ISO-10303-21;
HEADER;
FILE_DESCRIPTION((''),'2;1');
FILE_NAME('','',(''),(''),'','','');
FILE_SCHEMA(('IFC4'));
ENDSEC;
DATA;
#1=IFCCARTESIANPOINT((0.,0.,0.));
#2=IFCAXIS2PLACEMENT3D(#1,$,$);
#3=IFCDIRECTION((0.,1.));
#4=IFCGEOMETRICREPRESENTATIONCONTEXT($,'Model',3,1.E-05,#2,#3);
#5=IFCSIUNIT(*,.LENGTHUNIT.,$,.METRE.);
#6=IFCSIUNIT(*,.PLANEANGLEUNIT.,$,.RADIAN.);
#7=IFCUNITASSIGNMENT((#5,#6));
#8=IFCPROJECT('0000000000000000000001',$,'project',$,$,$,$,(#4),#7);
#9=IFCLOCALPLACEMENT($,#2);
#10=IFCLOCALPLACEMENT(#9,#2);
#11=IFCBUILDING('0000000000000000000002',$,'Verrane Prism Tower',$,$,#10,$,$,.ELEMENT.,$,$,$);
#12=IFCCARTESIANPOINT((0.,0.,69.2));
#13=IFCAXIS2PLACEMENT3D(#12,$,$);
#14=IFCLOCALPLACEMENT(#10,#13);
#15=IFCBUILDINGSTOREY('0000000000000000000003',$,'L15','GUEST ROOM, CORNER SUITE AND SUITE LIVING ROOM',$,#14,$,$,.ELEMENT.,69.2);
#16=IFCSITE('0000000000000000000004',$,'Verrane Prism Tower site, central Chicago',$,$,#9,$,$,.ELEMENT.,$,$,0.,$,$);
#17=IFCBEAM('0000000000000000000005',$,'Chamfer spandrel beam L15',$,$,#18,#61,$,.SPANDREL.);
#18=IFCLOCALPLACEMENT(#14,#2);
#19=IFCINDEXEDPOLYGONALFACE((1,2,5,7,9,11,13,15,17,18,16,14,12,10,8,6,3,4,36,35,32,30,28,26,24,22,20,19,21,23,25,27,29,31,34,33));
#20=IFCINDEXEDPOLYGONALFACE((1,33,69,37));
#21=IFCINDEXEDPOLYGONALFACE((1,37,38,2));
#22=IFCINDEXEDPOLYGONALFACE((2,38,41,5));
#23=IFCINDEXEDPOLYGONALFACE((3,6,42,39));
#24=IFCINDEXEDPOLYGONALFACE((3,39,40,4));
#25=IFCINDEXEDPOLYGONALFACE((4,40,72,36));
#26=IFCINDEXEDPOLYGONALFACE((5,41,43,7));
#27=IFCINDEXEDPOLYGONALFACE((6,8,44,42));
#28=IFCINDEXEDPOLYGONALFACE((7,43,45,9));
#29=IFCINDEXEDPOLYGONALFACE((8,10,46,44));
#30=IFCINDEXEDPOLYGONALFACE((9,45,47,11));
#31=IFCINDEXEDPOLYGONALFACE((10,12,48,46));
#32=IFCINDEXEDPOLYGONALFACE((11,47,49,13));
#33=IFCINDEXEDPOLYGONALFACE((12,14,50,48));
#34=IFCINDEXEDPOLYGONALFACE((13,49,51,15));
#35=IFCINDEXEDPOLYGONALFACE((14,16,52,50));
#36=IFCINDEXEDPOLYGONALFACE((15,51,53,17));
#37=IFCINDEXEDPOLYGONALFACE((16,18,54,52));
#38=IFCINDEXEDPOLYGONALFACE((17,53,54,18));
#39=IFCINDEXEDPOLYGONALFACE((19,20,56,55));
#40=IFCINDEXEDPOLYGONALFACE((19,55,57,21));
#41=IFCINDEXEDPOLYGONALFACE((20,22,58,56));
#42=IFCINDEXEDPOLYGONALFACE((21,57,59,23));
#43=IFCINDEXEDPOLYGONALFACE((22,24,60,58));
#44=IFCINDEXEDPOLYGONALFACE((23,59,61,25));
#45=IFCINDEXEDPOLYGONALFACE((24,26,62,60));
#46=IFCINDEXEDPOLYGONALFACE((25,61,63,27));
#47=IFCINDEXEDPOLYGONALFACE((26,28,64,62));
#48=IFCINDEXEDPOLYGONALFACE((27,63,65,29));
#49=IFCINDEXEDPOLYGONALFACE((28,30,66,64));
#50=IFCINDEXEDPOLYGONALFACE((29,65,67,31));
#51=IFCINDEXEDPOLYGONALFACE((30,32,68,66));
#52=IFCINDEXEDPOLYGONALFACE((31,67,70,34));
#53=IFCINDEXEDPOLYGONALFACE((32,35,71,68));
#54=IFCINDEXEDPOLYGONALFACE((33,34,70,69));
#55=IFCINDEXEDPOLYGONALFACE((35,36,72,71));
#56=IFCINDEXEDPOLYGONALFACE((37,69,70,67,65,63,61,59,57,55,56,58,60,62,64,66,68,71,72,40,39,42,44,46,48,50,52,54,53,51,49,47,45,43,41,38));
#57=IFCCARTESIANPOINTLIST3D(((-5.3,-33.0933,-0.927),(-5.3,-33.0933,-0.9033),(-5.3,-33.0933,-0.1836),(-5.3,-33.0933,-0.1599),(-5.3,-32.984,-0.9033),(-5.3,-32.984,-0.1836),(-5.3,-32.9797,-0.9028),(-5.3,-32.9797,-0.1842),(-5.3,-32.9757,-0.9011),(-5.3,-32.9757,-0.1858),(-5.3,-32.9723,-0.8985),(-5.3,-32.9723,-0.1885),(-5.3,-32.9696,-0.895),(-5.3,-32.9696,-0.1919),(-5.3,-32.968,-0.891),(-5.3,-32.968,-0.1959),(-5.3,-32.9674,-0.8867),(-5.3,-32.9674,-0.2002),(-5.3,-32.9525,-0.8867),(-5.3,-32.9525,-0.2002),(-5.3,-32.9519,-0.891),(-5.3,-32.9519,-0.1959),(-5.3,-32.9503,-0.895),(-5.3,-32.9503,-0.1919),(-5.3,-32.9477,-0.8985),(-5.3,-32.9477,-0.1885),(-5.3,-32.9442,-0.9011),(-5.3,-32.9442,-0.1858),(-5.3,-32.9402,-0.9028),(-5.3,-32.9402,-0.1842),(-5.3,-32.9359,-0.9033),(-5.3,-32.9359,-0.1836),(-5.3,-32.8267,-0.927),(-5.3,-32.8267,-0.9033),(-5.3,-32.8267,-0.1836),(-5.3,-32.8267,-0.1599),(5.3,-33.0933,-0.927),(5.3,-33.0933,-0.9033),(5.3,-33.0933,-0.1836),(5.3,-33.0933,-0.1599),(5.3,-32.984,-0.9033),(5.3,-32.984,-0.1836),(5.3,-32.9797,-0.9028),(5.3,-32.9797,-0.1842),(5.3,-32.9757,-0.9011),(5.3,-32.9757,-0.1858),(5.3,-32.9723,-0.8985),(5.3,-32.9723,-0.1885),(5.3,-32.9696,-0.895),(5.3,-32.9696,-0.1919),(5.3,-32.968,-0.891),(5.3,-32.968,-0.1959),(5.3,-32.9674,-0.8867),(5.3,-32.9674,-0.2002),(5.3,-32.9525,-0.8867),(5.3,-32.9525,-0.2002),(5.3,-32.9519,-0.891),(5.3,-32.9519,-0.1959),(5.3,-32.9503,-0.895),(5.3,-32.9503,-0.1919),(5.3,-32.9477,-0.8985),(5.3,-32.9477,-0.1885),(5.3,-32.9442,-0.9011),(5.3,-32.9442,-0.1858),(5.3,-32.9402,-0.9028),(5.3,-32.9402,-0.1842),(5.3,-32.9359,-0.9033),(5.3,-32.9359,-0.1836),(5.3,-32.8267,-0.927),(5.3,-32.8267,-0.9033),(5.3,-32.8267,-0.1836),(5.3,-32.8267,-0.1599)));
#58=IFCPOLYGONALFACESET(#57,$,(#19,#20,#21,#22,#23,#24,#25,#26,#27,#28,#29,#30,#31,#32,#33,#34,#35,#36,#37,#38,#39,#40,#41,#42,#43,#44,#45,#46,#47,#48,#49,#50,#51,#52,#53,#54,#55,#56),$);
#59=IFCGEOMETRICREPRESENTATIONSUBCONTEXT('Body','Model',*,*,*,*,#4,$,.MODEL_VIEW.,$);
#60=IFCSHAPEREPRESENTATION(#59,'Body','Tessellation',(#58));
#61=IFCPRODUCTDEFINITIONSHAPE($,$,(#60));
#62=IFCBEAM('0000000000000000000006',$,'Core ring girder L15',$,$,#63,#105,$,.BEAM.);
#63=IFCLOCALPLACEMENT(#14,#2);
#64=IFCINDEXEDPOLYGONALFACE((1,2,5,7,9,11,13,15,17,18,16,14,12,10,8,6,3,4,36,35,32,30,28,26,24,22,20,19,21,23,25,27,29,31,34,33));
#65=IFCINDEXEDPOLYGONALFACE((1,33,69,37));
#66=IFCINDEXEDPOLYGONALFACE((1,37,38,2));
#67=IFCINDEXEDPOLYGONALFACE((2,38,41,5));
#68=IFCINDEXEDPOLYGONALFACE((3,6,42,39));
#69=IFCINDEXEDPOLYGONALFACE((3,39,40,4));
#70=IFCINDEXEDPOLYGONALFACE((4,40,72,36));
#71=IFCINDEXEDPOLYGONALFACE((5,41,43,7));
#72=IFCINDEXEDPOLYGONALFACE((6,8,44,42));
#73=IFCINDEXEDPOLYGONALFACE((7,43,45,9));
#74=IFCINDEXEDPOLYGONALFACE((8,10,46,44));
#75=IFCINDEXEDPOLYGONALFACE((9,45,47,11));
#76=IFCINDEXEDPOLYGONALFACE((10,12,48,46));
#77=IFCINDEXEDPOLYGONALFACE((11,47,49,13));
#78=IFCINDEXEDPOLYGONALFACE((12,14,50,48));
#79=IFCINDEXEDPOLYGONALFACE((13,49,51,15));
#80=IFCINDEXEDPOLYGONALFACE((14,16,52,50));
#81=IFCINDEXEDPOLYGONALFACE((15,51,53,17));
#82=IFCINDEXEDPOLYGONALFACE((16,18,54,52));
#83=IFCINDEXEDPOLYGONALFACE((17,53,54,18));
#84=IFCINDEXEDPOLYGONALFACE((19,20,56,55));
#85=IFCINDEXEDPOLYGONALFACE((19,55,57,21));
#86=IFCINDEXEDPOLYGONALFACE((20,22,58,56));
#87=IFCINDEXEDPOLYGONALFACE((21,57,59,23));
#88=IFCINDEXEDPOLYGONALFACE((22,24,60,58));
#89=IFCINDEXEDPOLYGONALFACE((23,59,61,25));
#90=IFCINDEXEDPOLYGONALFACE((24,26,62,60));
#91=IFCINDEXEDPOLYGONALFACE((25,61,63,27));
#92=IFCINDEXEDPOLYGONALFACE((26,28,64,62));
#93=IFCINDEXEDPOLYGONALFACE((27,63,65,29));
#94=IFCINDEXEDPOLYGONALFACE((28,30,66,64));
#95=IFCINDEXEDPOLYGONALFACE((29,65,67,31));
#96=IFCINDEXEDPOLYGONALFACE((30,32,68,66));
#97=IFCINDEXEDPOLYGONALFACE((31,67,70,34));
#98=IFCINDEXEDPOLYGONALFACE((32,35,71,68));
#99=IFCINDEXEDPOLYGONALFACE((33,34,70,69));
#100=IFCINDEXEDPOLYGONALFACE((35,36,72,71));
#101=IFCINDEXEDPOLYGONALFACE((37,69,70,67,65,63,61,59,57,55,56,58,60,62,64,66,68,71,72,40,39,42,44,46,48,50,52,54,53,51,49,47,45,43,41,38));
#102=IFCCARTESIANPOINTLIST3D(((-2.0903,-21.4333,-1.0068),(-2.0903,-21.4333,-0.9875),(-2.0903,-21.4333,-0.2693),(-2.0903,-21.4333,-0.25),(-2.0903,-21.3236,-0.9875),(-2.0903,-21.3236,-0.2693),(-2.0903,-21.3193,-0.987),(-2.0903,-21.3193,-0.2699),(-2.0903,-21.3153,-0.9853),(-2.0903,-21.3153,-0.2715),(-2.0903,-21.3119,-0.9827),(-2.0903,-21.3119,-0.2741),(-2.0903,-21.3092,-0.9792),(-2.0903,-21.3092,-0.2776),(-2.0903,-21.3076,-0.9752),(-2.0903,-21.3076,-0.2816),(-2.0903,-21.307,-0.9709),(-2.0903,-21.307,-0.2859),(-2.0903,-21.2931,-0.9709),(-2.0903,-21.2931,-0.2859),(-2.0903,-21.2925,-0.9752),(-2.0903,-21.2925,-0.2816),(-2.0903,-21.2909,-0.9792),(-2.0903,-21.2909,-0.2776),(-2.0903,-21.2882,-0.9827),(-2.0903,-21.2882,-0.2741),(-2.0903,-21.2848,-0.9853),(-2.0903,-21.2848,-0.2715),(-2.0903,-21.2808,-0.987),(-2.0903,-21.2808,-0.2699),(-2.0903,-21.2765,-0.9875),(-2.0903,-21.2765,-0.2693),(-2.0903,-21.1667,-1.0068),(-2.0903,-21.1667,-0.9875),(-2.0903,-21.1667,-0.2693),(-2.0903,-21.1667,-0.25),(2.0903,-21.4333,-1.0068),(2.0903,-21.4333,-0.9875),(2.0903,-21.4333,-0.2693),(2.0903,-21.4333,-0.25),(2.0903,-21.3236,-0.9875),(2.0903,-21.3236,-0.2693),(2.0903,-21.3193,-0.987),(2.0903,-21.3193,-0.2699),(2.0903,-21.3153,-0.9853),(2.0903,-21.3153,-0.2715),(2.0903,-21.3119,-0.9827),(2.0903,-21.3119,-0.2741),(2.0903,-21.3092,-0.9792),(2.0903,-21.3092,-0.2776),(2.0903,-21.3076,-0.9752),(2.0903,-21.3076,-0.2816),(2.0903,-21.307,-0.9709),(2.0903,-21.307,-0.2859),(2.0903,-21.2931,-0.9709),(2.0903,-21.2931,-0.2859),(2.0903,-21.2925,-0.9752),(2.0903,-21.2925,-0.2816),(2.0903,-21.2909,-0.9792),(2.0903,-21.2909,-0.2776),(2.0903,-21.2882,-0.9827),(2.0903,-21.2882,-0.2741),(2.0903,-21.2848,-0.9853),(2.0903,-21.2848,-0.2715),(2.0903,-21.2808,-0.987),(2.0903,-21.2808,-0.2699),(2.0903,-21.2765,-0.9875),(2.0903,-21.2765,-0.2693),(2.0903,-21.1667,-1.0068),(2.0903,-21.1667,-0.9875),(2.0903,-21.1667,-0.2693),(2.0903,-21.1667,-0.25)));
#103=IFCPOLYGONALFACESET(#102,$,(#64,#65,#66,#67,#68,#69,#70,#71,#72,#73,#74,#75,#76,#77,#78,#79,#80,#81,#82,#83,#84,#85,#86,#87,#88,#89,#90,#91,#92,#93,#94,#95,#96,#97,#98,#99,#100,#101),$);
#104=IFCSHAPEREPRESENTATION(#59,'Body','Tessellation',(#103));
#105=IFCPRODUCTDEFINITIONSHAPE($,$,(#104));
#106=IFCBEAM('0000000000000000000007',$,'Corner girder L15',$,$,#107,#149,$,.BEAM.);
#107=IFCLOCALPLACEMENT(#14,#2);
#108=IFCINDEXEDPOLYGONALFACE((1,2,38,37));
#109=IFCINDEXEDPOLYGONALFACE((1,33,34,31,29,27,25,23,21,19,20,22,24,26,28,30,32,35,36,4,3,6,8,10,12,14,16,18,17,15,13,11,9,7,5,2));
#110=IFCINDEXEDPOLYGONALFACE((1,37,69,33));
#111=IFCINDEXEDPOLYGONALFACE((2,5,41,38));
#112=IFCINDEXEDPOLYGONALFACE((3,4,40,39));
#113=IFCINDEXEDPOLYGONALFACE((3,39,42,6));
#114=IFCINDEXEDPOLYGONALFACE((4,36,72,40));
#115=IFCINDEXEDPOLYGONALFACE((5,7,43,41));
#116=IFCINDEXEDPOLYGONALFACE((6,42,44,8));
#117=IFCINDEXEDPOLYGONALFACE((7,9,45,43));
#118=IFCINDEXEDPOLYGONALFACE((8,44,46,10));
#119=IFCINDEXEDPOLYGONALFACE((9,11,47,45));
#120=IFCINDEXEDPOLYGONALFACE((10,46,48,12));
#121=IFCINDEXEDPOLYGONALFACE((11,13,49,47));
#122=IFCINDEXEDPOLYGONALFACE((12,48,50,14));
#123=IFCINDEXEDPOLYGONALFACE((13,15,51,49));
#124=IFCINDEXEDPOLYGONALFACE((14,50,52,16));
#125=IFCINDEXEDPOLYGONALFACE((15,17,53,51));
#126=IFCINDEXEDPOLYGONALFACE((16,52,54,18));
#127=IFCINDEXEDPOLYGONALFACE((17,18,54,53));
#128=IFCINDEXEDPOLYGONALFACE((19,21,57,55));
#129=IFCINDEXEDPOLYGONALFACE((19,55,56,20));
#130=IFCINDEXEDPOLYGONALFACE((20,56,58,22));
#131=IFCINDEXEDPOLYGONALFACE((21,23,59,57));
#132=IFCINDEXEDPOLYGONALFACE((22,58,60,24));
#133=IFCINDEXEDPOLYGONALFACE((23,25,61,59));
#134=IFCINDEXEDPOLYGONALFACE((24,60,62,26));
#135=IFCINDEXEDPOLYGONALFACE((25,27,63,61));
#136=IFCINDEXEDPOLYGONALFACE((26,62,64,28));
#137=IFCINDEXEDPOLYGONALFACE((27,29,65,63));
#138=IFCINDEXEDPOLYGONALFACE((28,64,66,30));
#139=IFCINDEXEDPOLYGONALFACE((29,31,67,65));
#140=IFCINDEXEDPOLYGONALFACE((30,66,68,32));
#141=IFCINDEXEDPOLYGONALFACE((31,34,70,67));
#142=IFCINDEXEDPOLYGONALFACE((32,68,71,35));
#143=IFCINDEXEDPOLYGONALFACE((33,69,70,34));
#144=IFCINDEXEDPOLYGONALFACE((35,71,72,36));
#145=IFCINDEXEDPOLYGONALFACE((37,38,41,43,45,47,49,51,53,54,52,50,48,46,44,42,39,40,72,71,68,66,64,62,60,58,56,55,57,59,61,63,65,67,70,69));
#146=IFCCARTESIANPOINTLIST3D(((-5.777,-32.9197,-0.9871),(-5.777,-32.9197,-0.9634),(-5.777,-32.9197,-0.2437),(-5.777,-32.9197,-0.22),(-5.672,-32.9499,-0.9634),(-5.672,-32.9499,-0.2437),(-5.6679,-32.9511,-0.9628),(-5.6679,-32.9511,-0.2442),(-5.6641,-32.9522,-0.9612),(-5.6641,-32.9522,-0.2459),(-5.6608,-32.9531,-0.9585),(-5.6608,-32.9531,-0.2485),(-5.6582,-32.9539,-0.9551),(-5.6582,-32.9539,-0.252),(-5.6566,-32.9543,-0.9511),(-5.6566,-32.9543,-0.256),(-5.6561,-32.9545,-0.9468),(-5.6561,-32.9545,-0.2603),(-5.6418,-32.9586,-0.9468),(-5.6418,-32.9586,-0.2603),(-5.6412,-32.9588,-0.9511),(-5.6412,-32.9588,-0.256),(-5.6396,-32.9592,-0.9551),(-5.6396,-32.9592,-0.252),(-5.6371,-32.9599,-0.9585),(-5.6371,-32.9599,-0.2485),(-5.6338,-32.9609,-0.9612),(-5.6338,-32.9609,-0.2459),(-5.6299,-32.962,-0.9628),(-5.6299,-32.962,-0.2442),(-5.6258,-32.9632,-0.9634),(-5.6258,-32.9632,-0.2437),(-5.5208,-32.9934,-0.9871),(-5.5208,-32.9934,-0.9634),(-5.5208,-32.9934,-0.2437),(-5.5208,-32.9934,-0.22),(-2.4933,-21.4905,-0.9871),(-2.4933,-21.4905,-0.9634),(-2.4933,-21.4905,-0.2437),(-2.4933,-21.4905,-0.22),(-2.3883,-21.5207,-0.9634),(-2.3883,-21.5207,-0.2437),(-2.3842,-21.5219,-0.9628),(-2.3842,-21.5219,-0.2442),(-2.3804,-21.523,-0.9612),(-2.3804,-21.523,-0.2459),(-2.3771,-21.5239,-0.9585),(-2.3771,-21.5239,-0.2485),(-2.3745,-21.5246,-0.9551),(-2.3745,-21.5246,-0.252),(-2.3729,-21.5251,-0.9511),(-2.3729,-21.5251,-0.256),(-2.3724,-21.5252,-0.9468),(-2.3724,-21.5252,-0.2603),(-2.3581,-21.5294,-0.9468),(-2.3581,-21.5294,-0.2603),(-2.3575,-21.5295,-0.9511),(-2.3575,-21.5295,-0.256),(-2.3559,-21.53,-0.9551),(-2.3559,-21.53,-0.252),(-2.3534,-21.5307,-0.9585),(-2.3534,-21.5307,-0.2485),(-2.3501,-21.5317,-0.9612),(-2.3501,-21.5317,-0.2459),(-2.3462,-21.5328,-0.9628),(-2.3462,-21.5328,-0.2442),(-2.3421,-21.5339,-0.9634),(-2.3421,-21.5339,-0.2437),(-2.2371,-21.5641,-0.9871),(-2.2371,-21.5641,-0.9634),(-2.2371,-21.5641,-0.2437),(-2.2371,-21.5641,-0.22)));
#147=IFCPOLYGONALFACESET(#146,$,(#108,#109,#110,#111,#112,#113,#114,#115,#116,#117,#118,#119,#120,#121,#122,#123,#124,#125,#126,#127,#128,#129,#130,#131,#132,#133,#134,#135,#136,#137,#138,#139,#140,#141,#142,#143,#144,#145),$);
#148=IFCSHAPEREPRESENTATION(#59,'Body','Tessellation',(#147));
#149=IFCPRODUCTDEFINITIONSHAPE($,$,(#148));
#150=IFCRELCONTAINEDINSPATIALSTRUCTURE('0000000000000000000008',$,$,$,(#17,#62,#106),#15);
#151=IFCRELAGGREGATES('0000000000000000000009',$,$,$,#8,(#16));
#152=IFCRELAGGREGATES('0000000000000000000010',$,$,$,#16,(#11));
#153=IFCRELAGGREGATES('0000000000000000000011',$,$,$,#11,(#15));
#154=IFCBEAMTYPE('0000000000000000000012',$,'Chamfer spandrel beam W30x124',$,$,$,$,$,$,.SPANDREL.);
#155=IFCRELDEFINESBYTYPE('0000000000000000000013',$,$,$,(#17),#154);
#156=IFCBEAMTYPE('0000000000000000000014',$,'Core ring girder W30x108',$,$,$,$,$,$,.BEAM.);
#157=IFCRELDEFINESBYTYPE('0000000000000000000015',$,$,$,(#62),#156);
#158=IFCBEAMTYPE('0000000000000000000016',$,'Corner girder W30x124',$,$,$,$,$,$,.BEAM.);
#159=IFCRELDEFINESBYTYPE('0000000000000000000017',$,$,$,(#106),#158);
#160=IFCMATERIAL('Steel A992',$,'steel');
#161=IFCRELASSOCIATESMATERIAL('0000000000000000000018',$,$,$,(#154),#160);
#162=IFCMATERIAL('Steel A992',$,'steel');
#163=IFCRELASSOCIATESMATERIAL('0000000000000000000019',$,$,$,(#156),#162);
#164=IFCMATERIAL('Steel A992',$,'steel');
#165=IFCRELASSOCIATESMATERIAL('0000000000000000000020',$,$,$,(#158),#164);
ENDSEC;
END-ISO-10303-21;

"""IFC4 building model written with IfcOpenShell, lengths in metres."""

from ifc_helpers import new_model, si_unit, direction, frame, origin, origin_2d, place, context, subcontext, project, spatial, i_section, extrude, material, material_profile, profile_set, type_object, element, save


model = new_model("IFC4")

# Units and contexts
model_context = context("Model", 3, precision=1e-05, world=origin(), true_north=direction((0.0, 1.0)))
body_context = subcontext(model_context, "Body", "Model", "MODEL_VIEW")
ifc_project = project(units=[si_unit("LENGTHUNIT", "METRE"), si_unit("PLANEANGLEUNIT", "RADIAN")], contexts=[model_context])

# Site, building, storey
site_placement = place(None, origin())
site = spatial("IfcSite", under=ifc_project, at=site_placement, Name="Verrane Prism Tower site, central Chicago", CompositionType="ELEMENT", RefElevation=0.0)
building_placement = place(site_placement, origin())
building = spatial("IfcBuilding", under=site, at=building_placement, Name="Verrane Prism Tower", CompositionType="ELEMENT")
storey_placement = place(building_placement, frame((0.0, 0.0, 69.2)))
storey = spatial("IfcBuildingStorey", under=building, at=storey_placement, Name="L15", Description="GUEST ROOM, CORNER SUITE AND SUITE LIVING ROOM", CompositionType="ELEMENT", Elevation=69.2)

# Beams
ifc_material_1 = material(Name="Steel A992", Category="steel")
ifc_material_profile_1 = material_profile(ifc_material_1, i_section(OverallWidth=0.2666, OverallDepth=0.7671, WebThickness=0.0149, FlangeThickness=0.0237, FilletRadius=0.0166, at=origin_2d()), Name="W30x124")
ifc_profile_set_1 = profile_set([ifc_material_profile_1], Name="Steel A992")
beam_type_1 = type_object("IfcBeamType", Name="Chamfer spandrel beam W30x124", PredefinedType="SPANDREL", material=ifc_profile_set_1)
beam_1_placement = place(storey_placement, frame((-5.3, -32.96, -0.5435), z_axis=(1.0, 0.0, 0.0), x_axis=(0.0, 1.0, 0.0)))
element("IfcBeam", 1, at=beam_1_placement, inside=storey, type_object=beam_type_1, Name="Chamfer spandrel beam L15", PredefinedType="SPANDREL", context=body_context, shape_type="SweptSolid", body=[
    extrude(i_section(OverallWidth=0.2666, OverallDepth=0.7671, WebThickness=0.0149, FlangeThickness=0.0237, FilletRadius=0.0166, at=origin_2d()), origin(), (0.0, 0.0, 1.0), 10.6001),
])
ifc_material_2 = material(Name="Steel A992", Category="steel")
ifc_material_profile_2 = material_profile(ifc_material_2, i_section(OverallWidth=0.2666, OverallDepth=0.7568, WebThickness=0.0139, FlangeThickness=0.0193, FilletRadius=0.0166, at=origin_2d()), Name="W30x108")
ifc_profile_set_2 = profile_set([ifc_material_profile_2], Name="Steel A992")
beam_type_2 = type_object("IfcBeamType", Name="Core ring girder W30x108", PredefinedType="BEAM", material=ifc_profile_set_2)
beam_2_placement = place(storey_placement, frame((-2.0903, -21.3, -0.6284), z_axis=(1.0, 0.0, 0.0), x_axis=(0.0, 1.0, 0.0)))
element("IfcBeam", 2, at=beam_2_placement, inside=storey, type_object=beam_type_2, Name="Core ring girder L15", PredefinedType="BEAM", context=body_context, shape_type="SweptSolid", body=[
    extrude(i_section(OverallWidth=0.2666, OverallDepth=0.7568, WebThickness=0.0139, FlangeThickness=0.0193, FilletRadius=0.0166, at=origin_2d()), origin(), (0.0, 0.0, 1.0), 4.1807),
])
ifc_material_3 = material(Name="Steel A992", Category="steel")
ifc_material_profile_3 = material_profile(ifc_material_3, i_section(OverallWidth=0.2666, OverallDepth=0.7671, WebThickness=0.0149, FlangeThickness=0.0237, FilletRadius=0.0166, at=origin_2d()), Name="W30x124")
ifc_profile_set_3 = profile_set([ifc_material_profile_3], Name="Steel A992")
beam_type_3 = type_object("IfcBeamType", Name="Corner girder W30x124", PredefinedType="BEAM", material=ifc_profile_set_3)
beam_3_placement = place(storey_placement, frame((-5.6489, -32.9565, -0.6035), z_axis=(0.276136, 0.961118, 0.0), x_axis=(-0.961118, 0.276136, 0.0)))
element("IfcBeam", 3, at=beam_3_placement, inside=storey, type_object=beam_type_3, Name="Corner girder L15", PredefinedType="BEAM", context=body_context, shape_type="SweptSolid", body=[
    extrude(i_section(OverallWidth=0.2666, OverallDepth=0.7671, WebThickness=0.0149, FlangeThickness=0.0237, FilletRadius=0.0166, at=origin_2d()), origin(), (0.0, 0.0, 1.0), 11.8916),
])

save(model, "model.ifc")
